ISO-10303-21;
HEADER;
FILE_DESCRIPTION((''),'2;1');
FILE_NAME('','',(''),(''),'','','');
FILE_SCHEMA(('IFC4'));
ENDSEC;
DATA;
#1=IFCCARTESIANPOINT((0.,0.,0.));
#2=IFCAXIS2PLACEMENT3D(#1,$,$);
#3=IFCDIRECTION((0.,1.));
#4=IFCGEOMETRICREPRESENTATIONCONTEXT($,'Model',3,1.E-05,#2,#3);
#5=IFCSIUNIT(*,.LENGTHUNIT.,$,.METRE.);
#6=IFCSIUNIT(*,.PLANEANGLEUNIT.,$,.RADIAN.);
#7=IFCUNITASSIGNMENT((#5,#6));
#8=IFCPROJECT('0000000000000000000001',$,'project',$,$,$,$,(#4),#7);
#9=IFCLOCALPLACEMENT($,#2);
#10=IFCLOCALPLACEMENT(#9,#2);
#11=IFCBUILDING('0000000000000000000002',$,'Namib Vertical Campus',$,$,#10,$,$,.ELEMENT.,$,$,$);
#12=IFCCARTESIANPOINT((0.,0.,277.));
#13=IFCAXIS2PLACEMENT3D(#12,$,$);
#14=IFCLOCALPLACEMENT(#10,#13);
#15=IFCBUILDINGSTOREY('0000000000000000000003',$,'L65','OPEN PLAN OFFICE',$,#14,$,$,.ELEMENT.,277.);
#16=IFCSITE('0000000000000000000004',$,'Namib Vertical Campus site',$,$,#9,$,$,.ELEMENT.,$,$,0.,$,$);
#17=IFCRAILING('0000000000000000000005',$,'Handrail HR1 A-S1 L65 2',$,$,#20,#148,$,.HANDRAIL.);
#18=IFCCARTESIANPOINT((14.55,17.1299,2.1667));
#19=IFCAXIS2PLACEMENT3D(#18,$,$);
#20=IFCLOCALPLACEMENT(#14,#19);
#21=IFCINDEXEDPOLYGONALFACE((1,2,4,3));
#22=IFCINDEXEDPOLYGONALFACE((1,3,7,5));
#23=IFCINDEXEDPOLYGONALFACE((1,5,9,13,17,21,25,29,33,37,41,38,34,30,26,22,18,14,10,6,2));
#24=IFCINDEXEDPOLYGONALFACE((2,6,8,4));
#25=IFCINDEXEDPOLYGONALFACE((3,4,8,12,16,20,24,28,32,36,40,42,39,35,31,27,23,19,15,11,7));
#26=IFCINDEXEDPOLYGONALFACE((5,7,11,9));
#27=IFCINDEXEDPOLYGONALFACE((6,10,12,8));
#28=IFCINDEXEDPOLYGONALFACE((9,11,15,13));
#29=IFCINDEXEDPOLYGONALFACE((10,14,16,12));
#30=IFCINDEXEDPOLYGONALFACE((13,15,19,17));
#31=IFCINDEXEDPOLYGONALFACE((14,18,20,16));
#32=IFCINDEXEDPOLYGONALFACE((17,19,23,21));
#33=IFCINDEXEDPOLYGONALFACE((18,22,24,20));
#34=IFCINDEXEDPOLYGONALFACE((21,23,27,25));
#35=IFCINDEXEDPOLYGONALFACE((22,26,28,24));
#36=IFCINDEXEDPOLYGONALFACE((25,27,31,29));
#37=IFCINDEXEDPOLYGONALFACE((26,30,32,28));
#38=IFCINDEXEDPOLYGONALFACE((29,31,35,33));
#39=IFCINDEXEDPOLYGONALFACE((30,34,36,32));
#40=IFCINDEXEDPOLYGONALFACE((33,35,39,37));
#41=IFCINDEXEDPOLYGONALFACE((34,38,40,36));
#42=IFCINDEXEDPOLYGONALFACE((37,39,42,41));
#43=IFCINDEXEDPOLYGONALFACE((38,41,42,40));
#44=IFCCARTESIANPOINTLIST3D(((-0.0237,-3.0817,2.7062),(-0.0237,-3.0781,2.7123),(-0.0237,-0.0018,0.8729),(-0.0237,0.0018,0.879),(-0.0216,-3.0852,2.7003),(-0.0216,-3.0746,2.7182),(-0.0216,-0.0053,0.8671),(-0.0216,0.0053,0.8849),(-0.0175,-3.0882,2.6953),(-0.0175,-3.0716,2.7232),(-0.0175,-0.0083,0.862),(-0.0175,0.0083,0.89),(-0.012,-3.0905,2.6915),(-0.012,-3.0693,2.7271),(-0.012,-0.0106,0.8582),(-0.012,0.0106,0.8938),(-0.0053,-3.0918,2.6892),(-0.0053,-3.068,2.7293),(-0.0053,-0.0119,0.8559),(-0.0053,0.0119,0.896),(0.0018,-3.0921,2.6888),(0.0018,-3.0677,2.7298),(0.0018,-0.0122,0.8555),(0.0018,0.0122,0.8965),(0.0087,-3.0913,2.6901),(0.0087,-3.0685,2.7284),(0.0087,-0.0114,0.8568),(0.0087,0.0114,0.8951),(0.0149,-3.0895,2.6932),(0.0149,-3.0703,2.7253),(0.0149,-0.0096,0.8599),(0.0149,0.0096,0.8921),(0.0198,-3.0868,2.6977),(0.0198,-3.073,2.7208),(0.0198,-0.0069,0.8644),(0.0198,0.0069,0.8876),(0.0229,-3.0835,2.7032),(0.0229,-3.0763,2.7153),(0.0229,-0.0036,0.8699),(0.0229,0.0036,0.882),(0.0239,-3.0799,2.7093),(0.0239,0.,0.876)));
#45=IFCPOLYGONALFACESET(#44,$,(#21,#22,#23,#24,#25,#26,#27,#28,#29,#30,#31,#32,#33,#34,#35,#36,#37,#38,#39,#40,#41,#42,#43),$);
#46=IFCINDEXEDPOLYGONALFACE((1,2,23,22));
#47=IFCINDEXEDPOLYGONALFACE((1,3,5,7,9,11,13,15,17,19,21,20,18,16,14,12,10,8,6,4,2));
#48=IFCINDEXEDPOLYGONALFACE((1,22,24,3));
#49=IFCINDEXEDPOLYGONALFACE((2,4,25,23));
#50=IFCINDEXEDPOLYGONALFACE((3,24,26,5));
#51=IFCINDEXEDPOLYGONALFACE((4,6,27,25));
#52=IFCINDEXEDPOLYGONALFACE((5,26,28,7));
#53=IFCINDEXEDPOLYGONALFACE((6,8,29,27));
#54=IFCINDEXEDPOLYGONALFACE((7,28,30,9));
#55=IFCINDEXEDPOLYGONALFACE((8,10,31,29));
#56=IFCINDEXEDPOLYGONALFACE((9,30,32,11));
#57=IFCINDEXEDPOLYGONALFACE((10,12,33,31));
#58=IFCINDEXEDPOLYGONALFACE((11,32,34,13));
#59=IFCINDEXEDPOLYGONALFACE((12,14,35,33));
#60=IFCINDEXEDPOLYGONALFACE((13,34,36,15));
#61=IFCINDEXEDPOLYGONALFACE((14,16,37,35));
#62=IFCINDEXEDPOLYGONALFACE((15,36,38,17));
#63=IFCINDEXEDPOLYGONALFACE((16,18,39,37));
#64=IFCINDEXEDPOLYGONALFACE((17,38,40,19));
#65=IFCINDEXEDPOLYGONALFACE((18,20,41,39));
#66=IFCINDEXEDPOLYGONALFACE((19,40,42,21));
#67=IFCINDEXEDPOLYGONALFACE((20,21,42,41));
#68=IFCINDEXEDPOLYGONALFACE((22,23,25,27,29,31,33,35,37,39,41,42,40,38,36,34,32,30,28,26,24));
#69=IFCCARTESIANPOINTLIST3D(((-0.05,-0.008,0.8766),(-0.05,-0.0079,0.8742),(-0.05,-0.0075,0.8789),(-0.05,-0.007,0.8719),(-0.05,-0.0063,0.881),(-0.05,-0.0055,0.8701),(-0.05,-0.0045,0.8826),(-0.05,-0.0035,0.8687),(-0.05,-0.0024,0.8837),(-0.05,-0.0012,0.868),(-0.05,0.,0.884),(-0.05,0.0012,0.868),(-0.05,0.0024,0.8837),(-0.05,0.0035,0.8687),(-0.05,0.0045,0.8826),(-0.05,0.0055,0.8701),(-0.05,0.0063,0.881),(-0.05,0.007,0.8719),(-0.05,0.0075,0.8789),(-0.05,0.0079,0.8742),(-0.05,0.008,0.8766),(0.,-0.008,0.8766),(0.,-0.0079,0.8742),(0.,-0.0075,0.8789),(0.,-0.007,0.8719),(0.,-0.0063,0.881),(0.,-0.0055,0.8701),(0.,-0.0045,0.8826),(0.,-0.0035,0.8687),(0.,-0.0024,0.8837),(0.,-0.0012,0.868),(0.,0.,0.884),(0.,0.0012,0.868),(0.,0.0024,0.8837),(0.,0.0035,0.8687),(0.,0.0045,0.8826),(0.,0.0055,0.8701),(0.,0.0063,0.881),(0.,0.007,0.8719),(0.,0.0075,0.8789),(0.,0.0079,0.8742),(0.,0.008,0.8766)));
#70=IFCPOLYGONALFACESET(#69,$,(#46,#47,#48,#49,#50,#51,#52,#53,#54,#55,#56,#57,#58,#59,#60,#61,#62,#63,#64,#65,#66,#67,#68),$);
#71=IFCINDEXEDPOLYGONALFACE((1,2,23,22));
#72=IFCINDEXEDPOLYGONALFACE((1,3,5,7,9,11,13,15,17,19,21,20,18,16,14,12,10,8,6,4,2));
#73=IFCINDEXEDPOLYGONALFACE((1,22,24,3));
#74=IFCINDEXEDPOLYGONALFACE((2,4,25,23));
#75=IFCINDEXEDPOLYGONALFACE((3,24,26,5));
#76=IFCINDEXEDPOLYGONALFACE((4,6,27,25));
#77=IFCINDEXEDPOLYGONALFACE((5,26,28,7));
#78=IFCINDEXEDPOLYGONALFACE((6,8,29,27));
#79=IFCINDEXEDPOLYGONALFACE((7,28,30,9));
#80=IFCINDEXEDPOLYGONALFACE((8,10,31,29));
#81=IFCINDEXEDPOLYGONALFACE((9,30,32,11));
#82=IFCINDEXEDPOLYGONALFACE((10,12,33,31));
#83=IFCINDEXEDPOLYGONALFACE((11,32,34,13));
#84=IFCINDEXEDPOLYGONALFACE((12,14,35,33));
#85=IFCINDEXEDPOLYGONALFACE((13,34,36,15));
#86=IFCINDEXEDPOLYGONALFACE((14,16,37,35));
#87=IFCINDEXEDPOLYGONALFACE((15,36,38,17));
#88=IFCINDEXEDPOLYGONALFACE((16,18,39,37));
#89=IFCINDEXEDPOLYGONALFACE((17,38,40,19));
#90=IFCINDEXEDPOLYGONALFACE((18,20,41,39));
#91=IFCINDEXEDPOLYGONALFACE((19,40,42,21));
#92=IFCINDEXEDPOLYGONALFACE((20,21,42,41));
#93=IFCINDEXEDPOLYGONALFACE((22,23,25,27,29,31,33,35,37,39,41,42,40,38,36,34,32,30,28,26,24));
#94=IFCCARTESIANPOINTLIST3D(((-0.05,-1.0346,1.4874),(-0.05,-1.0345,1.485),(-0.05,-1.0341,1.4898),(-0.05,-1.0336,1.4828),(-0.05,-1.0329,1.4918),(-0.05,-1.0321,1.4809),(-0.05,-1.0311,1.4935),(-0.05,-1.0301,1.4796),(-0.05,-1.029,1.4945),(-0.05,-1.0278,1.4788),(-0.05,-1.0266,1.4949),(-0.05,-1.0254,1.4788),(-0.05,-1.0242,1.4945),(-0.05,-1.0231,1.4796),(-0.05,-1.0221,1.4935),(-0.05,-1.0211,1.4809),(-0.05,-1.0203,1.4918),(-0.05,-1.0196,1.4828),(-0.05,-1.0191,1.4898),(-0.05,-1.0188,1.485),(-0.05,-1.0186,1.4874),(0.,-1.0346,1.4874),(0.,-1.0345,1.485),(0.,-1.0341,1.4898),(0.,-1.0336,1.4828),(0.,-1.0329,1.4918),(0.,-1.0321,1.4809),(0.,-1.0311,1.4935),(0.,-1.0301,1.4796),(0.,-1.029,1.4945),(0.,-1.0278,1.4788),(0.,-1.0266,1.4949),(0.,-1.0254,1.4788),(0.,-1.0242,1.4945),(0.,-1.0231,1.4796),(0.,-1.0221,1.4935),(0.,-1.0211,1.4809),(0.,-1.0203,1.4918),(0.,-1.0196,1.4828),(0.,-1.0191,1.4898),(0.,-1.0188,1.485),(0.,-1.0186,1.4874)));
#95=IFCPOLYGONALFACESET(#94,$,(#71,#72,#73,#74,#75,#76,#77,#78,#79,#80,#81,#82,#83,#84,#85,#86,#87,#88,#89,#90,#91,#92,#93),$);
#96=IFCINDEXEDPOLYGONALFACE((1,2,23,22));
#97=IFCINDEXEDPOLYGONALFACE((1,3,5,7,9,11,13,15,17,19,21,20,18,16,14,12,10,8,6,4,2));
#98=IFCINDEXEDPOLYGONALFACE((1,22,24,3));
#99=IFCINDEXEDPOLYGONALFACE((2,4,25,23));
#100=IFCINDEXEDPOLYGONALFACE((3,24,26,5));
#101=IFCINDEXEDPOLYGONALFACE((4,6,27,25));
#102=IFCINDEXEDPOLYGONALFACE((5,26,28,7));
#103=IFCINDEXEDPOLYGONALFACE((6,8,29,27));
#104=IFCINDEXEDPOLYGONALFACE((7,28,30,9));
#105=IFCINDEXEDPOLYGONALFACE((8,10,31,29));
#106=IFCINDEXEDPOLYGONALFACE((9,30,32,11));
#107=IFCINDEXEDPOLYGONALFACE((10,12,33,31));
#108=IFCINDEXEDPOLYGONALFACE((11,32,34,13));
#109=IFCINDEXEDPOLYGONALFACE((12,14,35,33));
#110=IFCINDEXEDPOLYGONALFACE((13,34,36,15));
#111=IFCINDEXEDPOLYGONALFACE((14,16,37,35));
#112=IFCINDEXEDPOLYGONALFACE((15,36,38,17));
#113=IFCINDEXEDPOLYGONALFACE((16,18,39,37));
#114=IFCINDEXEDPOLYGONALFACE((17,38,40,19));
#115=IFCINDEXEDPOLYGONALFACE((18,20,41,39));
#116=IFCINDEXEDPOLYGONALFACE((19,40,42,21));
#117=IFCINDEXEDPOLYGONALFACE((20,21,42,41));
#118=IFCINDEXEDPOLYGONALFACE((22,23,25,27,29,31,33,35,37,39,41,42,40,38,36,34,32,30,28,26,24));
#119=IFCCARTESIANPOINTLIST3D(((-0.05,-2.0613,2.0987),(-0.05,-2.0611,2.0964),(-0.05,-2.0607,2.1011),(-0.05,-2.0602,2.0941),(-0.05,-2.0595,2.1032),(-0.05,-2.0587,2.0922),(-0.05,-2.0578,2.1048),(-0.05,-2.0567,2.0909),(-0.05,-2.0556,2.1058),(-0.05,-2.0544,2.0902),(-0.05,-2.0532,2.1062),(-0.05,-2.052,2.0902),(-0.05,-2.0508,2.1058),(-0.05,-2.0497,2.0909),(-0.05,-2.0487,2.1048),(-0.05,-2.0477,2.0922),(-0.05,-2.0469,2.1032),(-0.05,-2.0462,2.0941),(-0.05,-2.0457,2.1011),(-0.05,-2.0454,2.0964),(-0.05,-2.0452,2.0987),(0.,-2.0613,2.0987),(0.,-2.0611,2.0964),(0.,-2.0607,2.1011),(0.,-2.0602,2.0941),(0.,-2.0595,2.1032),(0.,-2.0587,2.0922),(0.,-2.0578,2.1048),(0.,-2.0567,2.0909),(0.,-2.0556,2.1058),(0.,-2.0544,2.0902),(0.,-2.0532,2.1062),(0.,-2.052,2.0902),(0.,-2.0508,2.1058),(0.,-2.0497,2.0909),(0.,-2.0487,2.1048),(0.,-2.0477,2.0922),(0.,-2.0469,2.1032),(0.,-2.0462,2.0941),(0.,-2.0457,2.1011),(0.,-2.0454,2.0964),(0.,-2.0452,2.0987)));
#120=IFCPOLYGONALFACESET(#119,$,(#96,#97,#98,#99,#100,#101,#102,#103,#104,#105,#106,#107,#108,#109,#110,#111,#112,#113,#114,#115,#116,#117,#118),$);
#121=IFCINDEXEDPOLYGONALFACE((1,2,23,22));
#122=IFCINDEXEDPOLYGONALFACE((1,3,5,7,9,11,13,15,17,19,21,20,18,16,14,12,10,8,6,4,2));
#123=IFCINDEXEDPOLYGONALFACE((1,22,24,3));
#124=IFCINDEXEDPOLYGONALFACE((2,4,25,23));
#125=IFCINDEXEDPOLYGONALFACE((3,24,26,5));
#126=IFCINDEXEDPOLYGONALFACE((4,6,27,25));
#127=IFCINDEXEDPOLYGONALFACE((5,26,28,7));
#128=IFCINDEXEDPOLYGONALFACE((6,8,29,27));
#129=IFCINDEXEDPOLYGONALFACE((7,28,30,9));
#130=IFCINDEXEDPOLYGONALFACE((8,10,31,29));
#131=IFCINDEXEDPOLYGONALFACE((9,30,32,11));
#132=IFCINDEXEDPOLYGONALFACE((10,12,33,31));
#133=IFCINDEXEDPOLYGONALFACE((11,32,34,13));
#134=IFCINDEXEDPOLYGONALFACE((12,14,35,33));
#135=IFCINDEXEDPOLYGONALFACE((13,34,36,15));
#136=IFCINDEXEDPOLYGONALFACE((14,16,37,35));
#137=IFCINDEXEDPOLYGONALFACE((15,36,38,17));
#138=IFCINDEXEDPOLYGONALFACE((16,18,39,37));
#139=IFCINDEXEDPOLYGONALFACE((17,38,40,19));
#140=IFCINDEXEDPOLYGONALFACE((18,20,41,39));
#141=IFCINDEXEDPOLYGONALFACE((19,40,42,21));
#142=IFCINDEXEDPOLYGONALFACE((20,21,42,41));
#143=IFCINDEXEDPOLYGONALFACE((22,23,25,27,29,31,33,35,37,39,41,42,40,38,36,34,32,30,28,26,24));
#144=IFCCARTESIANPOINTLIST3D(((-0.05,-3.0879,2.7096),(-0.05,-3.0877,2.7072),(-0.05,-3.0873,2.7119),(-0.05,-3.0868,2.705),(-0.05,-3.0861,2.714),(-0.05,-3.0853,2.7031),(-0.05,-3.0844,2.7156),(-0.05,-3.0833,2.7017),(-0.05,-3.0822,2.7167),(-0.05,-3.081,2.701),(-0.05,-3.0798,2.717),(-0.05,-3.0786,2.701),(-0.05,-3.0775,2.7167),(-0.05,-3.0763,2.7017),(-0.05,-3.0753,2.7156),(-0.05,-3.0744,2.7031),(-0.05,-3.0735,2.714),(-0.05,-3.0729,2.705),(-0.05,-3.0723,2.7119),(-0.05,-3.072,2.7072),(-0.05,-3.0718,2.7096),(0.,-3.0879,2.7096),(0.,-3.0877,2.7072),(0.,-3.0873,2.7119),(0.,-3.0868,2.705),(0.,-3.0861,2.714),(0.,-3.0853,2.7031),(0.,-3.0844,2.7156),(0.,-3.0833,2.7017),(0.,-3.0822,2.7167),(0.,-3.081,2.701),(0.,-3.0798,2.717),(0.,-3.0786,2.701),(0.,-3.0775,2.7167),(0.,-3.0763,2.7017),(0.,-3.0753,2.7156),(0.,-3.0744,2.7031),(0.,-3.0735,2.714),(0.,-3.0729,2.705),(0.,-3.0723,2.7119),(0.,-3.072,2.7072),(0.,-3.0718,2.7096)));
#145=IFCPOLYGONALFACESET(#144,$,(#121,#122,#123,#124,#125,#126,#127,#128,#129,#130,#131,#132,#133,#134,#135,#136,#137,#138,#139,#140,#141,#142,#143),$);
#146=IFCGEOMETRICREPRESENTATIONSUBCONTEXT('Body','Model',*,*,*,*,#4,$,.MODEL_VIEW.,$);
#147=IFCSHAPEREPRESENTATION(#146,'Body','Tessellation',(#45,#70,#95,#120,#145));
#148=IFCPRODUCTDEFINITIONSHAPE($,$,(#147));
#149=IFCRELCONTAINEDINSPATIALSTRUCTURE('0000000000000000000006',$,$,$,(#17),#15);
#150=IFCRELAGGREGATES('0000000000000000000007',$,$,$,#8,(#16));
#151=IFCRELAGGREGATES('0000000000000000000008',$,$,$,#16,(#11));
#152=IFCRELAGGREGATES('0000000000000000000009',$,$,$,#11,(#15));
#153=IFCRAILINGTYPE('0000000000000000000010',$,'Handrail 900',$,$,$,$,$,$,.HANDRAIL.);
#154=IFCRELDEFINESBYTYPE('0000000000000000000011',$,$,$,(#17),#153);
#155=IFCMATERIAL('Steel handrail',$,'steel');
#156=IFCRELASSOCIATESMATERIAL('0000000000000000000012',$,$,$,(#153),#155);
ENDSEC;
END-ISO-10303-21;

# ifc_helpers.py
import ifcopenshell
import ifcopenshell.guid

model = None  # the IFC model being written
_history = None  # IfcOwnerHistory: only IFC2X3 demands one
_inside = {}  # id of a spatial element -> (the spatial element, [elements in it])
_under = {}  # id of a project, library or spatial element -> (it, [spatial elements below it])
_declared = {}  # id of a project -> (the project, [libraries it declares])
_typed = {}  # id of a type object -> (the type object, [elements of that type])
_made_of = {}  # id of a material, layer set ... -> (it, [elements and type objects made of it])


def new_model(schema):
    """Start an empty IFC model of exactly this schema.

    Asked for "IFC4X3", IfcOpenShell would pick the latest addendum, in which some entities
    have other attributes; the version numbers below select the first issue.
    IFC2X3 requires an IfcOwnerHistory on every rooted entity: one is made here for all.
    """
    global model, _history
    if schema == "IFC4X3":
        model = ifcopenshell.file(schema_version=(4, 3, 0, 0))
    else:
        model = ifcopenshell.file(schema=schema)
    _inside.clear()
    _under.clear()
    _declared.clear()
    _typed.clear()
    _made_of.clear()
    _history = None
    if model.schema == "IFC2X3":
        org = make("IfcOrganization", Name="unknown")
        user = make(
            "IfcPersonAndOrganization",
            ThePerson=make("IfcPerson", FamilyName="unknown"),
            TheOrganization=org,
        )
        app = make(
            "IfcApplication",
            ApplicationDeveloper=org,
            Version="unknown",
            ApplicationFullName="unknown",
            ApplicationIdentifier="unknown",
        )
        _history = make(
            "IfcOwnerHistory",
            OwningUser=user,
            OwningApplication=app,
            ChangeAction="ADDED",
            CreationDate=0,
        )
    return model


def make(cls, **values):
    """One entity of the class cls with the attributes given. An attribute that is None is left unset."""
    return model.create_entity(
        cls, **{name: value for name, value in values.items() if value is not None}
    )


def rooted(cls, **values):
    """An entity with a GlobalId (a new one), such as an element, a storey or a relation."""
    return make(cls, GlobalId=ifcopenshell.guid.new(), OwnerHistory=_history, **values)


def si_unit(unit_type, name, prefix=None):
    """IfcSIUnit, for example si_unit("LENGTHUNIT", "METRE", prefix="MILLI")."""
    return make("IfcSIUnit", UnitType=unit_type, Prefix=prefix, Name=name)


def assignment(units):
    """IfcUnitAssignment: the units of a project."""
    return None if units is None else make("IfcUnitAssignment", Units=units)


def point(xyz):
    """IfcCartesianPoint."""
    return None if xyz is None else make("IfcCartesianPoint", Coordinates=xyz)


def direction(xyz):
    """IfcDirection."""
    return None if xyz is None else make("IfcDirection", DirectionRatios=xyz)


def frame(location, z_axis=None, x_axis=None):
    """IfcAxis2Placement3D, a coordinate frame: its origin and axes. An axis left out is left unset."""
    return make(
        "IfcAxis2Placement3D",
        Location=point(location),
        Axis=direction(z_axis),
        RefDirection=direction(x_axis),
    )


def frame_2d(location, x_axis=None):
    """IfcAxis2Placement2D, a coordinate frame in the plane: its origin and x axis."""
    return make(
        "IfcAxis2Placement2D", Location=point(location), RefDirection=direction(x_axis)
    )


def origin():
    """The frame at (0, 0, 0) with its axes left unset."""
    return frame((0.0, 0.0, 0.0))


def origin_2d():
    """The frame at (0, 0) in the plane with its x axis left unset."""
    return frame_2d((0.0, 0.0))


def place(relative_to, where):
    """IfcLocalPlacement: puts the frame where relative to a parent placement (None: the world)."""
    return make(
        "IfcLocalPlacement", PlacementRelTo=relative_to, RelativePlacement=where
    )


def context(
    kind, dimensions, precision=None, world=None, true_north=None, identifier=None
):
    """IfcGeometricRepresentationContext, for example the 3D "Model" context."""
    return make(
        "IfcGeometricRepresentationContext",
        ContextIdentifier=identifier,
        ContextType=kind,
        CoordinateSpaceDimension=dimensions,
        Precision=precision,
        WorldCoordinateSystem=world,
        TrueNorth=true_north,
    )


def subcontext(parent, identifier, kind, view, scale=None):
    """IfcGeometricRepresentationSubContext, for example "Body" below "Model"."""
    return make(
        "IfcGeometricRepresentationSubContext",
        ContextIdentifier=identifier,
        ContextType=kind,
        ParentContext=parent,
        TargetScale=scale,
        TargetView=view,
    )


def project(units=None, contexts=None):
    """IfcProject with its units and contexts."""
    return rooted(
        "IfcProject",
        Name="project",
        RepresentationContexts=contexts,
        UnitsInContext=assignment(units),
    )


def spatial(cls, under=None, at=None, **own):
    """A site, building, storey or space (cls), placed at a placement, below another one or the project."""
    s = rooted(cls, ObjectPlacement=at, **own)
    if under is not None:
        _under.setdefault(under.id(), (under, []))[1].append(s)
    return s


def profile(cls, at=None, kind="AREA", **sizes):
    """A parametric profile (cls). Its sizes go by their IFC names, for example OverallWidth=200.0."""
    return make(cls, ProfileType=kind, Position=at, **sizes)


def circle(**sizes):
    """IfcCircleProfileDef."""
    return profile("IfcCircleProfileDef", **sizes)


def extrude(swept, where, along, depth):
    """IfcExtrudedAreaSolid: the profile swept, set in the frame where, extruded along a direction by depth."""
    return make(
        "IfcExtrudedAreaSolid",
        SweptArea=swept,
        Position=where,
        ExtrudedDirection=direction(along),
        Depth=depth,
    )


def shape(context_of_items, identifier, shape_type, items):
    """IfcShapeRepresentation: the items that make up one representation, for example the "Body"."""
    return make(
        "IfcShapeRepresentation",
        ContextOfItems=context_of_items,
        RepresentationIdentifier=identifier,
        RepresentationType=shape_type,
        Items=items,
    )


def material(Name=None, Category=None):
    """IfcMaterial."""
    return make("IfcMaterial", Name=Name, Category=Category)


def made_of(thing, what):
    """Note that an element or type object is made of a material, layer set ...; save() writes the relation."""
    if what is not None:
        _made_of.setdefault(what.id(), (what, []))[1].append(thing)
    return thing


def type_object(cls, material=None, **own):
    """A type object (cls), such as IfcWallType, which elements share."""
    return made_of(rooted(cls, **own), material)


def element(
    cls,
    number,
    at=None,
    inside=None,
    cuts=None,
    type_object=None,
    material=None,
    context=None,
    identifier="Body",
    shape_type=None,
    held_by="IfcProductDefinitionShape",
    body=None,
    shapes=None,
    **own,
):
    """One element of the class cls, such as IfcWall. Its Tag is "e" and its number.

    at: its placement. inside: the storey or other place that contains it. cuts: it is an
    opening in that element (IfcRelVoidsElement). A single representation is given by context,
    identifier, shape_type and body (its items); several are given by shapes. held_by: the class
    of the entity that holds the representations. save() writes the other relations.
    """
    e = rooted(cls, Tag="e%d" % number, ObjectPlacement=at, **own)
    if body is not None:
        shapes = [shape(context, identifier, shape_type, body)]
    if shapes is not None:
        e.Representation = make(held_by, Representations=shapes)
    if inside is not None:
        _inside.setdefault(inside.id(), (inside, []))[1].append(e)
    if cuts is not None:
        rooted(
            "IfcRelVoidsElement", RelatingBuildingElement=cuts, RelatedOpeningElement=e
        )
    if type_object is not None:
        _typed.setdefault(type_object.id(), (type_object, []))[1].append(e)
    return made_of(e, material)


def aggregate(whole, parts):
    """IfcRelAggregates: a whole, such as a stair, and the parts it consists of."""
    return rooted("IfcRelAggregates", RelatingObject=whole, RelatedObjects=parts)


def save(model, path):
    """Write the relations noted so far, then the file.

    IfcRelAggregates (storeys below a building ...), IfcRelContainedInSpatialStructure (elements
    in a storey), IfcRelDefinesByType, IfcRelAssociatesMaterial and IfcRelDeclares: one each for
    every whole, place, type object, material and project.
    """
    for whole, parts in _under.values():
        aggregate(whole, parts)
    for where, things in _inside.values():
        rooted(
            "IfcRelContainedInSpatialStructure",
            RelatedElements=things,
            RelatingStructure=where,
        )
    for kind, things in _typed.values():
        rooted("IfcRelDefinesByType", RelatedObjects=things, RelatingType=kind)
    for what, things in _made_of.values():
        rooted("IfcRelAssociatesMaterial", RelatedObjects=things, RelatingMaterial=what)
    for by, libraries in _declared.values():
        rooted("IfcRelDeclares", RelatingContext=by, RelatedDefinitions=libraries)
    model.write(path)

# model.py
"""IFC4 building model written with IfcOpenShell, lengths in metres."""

from ifc_helpers import new_model, si_unit, direction, frame, origin, origin_2d, place, context, subcontext, project, spatial, circle, extrude, material, type_object, element, save


model = new_model("IFC4")

# Units and contexts
model_context = context("Model", 3, precision=1e-05, world=origin(), true_north=direction((0.0, 1.0)))
body_context = subcontext(model_context, "Body", "Model", "MODEL_VIEW")
ifc_project = project(units=[si_unit("LENGTHUNIT", "METRE"), si_unit("PLANEANGLEUNIT", "RADIAN")], contexts=[model_context])

# Site, building, storey
site_placement = place(None, origin())
site = spatial("IfcSite", under=ifc_project, at=site_placement, Name="Namib Vertical Campus site", CompositionType="ELEMENT", RefElevation=0.0)
building_placement = place(site_placement, origin())
building = spatial("IfcBuilding", under=site, at=building_placement, Name="Namib Vertical Campus", CompositionType="ELEMENT")
storey_placement = place(building_placement, frame((0.0, 0.0, 277.0)))
storey = spatial("IfcBuildingStorey", under=building, at=storey_placement, Name="L65", Description="OPEN PLAN OFFICE", CompositionType="ELEMENT", Elevation=277.0)

# Railing
ifc_material_1 = material(Name="Steel handrail", Category="steel")
railing_type = type_object("IfcRailingType", Name="Handrail 900", PredefinedType="HANDRAIL", material=ifc_material_1)
railing_placement = place(storey_placement, frame((14.55, 17.1299, 2.1667)))
element("IfcRailing", 1, at=railing_placement, inside=storey, type_object=railing_type, Name="Handrail HR1 A-S1 L65 2", PredefinedType="HANDRAIL", context=body_context, shape_type="SweptSolid", body=[
    extrude(circle(Radius=0.0239, at=origin_2d()), frame((0.0, 0.0, 0.876), z_axis=(0.0, -0.859291, 0.511487), x_axis=(1.0, 0.0, 0.0)), (0.0, 0.0, 1.0), 3.5842),
    extrude(circle(Radius=0.0081, at=origin_2d()), frame((0.0, 0.0, 0.876), z_axis=(-1.0, 0.0, 0.0), x_axis=(0.0, 0.0, 1.0)), (0.0, 0.0, 1.0), 0.05),
    extrude(circle(Radius=0.0081, at=origin_2d()), frame((0.0, -1.0266, 1.4868), z_axis=(-1.0, 0.0, 0.0), x_axis=(0.0, 0.0, 1.0)), (0.0, 0.0, 1.0), 0.05),
    extrude(circle(Radius=0.0081, at=origin_2d()), frame((0.0, -2.0532, 2.0981), z_axis=(-1.0, 0.0, 0.0), x_axis=(0.0, 0.0, 1.0)), (0.0, 0.0, 1.0), 0.05),
    extrude(circle(Radius=0.0081, at=origin_2d()), frame((0.0, -3.0798, 2.709), z_axis=(-1.0, 0.0, 0.0), x_axis=(0.0, 0.0, 1.0)), (0.0, 0.0, 1.0), 0.05),
])

save(model, "model.ifc")
